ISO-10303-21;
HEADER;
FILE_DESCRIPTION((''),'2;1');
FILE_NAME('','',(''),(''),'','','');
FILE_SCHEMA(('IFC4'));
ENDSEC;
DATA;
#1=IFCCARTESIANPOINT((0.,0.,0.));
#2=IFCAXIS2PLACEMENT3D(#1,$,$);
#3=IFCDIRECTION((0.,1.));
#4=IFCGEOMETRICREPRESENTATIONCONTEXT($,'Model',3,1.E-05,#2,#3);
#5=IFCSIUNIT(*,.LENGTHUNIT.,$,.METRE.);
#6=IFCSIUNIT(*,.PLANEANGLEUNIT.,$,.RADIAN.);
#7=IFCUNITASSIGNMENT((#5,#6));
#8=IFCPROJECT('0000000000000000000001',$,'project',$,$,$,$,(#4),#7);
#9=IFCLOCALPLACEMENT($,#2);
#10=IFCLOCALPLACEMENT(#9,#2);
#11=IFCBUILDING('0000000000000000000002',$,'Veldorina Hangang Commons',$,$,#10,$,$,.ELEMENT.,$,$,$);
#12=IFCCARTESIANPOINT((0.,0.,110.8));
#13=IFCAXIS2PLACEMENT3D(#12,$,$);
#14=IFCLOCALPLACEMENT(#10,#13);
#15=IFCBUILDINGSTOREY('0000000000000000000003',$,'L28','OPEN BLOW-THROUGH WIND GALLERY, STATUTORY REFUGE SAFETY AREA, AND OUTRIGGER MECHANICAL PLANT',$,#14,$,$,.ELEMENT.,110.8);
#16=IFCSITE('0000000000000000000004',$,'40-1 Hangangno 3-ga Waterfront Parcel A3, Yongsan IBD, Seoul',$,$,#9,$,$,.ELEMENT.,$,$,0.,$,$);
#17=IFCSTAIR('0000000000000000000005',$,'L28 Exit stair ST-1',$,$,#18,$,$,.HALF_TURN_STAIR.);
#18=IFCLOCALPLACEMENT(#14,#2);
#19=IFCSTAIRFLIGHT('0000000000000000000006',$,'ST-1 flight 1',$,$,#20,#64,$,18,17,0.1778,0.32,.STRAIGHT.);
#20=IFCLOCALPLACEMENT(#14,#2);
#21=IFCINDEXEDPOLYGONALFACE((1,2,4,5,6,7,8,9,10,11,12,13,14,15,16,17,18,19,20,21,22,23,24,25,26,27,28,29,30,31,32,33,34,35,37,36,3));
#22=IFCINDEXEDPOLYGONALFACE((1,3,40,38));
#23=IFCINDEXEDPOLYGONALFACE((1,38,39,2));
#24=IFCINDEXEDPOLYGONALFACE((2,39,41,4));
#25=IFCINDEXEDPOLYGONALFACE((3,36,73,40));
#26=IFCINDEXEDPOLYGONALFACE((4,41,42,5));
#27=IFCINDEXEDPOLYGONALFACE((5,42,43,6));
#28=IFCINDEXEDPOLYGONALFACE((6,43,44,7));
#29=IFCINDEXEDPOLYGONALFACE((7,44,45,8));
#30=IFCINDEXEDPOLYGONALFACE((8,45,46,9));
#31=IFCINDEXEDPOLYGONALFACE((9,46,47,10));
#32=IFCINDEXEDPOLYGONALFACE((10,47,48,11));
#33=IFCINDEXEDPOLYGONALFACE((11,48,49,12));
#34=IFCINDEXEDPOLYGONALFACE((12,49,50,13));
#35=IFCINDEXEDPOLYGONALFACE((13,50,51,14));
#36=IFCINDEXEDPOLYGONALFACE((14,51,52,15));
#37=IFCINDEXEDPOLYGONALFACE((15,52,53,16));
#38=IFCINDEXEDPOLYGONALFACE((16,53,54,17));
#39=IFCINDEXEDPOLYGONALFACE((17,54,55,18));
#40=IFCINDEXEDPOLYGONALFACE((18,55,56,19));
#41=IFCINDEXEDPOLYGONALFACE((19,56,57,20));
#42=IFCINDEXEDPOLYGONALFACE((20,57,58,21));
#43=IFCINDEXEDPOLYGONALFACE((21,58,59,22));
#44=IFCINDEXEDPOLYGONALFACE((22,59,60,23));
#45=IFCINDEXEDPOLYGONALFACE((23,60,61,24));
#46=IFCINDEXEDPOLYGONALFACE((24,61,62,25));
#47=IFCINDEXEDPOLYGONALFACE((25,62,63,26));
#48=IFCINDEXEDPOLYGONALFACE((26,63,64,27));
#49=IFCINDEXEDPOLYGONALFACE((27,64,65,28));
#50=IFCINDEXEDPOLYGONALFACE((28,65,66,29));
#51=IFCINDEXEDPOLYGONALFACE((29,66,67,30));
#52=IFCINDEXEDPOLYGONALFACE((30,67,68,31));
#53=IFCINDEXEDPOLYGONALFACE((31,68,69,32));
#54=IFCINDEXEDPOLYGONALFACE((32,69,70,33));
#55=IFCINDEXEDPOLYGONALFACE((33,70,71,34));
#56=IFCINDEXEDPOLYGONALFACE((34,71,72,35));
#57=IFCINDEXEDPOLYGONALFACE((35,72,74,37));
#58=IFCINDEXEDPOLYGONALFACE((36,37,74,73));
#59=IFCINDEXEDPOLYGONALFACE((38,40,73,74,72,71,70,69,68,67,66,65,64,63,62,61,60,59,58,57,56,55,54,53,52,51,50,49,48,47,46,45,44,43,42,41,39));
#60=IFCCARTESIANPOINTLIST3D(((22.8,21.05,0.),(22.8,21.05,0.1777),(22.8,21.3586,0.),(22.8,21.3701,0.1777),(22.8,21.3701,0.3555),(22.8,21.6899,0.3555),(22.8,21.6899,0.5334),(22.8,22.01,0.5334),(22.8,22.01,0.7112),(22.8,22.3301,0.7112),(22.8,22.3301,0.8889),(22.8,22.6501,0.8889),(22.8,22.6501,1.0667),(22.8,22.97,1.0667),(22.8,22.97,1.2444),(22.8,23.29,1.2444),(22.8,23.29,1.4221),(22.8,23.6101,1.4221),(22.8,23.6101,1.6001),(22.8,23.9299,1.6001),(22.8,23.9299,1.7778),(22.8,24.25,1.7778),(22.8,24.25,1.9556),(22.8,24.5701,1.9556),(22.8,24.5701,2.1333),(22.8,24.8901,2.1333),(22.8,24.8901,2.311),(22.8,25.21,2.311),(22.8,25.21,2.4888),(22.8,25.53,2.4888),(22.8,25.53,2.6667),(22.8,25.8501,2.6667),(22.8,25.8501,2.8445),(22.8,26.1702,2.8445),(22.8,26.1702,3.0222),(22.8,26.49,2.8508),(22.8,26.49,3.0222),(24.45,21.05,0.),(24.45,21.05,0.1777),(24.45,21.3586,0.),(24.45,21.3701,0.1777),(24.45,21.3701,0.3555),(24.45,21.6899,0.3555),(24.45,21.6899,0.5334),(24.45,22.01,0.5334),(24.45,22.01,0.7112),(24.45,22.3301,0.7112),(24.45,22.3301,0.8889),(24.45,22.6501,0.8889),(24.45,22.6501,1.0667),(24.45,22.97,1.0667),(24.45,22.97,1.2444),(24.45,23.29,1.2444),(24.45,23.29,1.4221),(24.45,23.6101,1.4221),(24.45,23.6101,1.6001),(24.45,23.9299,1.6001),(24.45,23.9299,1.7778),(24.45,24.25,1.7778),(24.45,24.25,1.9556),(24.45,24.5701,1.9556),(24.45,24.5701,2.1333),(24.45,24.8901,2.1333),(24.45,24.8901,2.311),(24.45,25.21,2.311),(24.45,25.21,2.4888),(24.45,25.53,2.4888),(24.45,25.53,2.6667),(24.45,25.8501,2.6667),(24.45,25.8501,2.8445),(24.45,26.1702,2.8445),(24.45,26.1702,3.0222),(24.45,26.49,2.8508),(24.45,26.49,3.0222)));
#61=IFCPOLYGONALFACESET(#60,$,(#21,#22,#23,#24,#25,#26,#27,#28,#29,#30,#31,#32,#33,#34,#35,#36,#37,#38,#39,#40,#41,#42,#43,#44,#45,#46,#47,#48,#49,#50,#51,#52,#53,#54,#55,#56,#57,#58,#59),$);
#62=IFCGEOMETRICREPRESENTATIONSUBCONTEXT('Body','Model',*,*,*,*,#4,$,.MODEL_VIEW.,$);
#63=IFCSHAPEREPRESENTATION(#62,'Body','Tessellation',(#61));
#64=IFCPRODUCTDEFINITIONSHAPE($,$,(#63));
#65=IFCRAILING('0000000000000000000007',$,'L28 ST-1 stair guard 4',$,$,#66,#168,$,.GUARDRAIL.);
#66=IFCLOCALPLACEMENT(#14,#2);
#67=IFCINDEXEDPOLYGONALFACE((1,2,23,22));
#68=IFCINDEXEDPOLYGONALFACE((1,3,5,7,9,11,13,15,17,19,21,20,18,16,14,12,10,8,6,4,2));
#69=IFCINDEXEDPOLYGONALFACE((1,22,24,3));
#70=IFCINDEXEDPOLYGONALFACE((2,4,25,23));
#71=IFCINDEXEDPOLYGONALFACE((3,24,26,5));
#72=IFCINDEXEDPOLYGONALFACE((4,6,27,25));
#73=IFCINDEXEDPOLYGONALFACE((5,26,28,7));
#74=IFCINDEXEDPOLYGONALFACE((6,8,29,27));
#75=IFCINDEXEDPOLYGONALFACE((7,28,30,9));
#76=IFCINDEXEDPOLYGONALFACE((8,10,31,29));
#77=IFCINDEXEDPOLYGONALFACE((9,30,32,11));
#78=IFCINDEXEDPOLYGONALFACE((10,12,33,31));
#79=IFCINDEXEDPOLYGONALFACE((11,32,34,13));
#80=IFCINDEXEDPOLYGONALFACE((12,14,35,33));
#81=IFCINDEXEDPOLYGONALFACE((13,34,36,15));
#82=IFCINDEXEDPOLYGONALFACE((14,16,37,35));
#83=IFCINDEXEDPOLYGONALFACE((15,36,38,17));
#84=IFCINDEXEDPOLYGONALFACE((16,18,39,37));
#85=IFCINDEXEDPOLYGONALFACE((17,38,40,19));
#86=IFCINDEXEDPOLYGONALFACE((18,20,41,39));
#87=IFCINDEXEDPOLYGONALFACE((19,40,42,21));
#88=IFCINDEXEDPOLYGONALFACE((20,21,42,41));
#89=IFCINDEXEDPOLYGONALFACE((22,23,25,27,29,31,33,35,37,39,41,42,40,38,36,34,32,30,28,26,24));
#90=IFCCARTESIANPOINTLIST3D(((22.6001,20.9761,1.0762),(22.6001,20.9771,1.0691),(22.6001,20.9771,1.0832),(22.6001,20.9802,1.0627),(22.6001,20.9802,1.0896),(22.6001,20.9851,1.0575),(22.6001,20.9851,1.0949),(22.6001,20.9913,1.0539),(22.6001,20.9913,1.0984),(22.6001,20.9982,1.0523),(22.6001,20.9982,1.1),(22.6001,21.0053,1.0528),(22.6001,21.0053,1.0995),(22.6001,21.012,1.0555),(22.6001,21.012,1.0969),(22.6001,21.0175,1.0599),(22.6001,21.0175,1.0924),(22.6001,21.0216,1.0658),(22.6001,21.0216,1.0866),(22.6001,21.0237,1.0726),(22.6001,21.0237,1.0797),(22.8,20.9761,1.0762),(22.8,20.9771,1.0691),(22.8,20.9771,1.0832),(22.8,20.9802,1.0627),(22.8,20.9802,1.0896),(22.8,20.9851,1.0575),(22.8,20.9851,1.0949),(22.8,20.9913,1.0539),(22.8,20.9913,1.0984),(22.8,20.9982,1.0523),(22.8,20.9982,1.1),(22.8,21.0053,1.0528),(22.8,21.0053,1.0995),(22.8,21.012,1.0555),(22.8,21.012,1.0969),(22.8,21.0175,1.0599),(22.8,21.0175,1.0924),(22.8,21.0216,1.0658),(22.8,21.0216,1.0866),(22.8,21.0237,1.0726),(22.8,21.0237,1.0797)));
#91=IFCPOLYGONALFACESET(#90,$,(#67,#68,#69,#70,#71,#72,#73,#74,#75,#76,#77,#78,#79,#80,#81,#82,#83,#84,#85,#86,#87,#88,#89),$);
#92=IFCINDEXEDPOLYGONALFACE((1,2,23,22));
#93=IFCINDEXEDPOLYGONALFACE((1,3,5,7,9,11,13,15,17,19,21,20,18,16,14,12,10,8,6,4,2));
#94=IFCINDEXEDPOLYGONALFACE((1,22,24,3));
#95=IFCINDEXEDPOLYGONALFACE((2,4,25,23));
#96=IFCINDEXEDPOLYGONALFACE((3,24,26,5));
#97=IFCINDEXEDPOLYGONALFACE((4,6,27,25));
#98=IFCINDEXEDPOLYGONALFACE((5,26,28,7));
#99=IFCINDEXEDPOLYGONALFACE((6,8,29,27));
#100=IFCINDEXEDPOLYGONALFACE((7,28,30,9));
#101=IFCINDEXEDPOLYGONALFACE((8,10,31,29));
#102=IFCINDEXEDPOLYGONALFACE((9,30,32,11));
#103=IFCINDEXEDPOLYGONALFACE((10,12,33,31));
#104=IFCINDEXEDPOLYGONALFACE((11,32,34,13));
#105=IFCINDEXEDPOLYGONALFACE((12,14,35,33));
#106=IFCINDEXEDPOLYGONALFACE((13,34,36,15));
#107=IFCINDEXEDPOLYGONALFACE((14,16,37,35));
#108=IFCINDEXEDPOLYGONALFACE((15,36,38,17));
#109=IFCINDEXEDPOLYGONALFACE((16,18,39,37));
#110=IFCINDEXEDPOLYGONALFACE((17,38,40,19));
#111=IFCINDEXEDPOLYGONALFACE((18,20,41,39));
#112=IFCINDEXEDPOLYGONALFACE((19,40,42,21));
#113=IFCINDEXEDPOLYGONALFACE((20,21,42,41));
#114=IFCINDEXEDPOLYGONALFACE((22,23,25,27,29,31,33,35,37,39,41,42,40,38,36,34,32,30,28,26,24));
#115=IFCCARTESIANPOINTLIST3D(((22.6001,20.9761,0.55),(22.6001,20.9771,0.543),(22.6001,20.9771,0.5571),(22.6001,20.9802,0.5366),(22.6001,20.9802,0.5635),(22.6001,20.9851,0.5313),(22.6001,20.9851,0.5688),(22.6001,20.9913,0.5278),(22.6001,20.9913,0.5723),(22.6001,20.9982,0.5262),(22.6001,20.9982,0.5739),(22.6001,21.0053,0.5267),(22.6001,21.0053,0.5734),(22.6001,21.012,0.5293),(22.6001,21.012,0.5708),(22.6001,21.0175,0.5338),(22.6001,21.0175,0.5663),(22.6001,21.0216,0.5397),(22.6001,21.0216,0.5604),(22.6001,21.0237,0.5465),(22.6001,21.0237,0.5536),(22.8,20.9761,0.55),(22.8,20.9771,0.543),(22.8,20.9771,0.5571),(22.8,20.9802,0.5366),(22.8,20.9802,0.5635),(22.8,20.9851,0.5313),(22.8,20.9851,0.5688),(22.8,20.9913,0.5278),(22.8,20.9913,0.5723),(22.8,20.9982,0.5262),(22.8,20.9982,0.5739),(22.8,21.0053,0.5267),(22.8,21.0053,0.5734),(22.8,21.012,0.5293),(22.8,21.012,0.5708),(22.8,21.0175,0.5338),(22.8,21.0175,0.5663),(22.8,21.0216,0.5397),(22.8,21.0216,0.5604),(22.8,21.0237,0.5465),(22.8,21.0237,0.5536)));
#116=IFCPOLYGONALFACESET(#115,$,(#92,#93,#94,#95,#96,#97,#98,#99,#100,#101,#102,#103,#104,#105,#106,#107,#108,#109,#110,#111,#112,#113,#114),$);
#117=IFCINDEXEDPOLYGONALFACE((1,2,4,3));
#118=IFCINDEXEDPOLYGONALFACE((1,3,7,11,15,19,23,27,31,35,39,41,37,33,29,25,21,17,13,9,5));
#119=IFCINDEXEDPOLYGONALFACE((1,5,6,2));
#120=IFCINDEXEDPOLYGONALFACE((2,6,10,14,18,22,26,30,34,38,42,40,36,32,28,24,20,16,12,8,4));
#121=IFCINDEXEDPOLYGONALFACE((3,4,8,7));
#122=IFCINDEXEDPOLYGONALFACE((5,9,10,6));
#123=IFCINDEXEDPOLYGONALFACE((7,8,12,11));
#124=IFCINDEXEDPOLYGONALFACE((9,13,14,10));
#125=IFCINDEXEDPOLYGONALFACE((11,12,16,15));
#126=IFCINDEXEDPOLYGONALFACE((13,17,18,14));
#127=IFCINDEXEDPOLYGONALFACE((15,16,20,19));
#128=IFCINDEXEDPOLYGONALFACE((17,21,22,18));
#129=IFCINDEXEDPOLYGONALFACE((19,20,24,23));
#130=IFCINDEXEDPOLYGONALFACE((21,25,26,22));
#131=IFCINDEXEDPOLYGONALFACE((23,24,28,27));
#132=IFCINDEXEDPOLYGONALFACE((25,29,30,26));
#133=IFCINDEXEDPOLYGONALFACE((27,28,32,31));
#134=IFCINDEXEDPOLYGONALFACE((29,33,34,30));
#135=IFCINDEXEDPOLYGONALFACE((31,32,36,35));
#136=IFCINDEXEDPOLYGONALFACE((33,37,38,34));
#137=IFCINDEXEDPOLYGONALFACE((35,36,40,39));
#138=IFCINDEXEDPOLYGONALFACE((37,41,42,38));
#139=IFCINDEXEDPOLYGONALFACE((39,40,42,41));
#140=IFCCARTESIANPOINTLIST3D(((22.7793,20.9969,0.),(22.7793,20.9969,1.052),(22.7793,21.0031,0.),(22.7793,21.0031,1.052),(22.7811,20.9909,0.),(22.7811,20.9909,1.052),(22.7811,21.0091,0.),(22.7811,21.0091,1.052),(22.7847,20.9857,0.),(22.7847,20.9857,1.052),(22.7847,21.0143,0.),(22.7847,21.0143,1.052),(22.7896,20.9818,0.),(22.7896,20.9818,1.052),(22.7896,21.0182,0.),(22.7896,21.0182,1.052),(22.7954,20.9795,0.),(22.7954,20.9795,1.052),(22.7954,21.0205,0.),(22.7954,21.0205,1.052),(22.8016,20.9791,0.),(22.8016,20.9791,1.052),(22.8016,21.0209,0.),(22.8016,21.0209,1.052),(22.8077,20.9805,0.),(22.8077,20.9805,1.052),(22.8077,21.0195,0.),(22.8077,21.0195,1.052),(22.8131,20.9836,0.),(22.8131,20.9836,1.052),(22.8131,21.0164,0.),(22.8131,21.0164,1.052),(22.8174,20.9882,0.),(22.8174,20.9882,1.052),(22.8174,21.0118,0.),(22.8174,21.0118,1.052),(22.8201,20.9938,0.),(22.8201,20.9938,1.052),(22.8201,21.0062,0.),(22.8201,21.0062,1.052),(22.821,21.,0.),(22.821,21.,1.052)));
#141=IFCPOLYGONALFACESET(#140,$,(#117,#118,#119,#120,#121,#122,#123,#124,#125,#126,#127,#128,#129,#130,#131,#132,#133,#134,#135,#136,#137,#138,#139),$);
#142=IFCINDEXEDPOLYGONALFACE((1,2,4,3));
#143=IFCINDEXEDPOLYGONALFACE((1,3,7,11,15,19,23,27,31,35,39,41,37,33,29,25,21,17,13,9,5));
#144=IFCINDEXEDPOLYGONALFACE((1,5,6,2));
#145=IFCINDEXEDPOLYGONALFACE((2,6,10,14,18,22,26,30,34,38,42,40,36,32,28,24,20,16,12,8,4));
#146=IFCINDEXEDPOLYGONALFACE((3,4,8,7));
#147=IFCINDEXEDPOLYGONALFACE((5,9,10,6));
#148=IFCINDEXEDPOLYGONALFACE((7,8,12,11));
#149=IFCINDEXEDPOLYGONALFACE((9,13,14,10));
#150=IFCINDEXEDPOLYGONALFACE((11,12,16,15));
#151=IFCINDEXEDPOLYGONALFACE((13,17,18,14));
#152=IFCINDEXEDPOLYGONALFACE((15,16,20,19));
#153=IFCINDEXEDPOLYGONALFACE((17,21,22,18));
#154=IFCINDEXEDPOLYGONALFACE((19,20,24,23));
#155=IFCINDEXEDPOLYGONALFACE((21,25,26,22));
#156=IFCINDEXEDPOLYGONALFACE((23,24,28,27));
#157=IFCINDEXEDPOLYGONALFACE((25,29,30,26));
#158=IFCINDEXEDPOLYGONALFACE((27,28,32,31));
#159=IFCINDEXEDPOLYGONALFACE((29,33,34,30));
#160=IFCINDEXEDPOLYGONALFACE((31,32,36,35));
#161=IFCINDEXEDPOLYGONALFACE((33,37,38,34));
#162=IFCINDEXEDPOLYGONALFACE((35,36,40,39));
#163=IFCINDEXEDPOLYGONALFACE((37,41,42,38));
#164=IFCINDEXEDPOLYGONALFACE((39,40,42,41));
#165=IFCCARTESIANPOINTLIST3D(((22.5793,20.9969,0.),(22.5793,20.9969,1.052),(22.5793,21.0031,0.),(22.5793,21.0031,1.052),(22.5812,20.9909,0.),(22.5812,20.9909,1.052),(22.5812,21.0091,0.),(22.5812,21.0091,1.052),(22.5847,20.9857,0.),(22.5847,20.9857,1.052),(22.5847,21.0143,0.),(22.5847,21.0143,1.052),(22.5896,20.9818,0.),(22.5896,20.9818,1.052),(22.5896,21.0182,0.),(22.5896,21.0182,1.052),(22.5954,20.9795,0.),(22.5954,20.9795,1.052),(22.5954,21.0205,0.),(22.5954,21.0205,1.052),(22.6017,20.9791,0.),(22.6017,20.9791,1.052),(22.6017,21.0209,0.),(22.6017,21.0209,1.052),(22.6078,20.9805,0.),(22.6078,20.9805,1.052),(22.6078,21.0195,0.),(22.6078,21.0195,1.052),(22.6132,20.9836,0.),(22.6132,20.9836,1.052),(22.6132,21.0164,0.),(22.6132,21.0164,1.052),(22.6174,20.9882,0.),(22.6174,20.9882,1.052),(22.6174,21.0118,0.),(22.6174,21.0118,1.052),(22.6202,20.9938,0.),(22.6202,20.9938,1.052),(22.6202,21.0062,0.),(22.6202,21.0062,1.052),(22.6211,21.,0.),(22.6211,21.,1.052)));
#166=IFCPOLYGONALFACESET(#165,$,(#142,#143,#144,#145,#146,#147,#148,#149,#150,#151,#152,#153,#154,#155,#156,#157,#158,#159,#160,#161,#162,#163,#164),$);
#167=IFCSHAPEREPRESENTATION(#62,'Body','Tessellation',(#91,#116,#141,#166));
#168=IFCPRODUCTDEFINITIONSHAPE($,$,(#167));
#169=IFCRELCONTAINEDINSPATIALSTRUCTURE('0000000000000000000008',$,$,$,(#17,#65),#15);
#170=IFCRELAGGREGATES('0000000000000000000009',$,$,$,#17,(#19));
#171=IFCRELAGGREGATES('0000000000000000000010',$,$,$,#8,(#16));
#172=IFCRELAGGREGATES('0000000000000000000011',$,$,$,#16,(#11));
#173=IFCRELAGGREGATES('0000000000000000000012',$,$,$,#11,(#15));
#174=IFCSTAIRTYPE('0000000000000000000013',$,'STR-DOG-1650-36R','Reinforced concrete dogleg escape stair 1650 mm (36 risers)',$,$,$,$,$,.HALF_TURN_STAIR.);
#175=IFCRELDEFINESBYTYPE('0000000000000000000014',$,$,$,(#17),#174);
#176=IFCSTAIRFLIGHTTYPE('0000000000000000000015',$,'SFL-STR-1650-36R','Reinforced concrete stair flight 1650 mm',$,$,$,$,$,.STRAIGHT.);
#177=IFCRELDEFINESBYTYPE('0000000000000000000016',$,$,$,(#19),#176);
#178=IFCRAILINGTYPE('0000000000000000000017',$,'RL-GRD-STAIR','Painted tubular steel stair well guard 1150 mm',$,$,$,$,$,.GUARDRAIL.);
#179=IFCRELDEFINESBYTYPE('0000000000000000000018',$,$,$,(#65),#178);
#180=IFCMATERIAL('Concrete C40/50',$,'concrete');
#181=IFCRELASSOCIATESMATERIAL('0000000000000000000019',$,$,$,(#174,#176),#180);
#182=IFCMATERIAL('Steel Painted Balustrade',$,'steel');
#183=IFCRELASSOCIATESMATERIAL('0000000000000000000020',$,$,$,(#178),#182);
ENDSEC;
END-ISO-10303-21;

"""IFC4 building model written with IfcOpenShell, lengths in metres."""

from ifc_helpers import new_model, si_unit, direction, frame, origin, origin_2d, place, context, subcontext, project, spatial, polyline, circle, outline, extrude, material, type_object, element, aggregate, save


model = new_model("IFC4")

# Units and contexts
model_context = context("Model", 3, precision=1e-05, world=origin(), true_north=direction((0.0, 1.0)))
body_context = subcontext(model_context, "Body", "Model", "MODEL_VIEW")
ifc_project = project(units=[si_unit("LENGTHUNIT", "METRE"), si_unit("PLANEANGLEUNIT", "RADIAN")], contexts=[model_context])

# Site, building, storey
site_placement = place(None, origin())
site = spatial("IfcSite", under=ifc_project, at=site_placement, Name="40-1 Hangangno 3-ga Waterfront Parcel A3, Yongsan IBD, Seoul", CompositionType="ELEMENT", RefElevation=0.0)
building_placement = place(site_placement, origin())
building = spatial("IfcBuilding", under=site, at=building_placement, Name="Veldorina Hangang Commons", CompositionType="ELEMENT")
storey_placement = place(building_placement, frame((0.0, 0.0, 110.8)))
storey = spatial("IfcBuildingStorey", under=building, at=storey_placement, Name="L28", Description="OPEN BLOW-THROUGH WIND GALLERY, STATUTORY REFUGE SAFETY AREA, AND OUTRIGGER MECHANICAL PLANT", CompositionType="ELEMENT", Elevation=110.8)

# Stair, stair flight
ifc_material_1 = material(Name="Concrete C40/50", Category="concrete")
stair_type = type_object("IfcStairType", Name="STR-DOG-1650-36R", Description="Reinforced concrete dogleg escape stair 1650 mm (36 risers)", PredefinedType="HALF_TURN_STAIR", material=ifc_material_1)
stair_placement = place(storey_placement, origin())
stair = element("IfcStair", 1, at=stair_placement, inside=storey, type_object=stair_type, Name="L28 Exit stair ST-1", PredefinedType="HALF_TURN_STAIR")
stair_flight_type = type_object("IfcStairFlightType", Name="SFL-STR-1650-36R", Description="Reinforced concrete stair flight 1650 mm", PredefinedType="STRAIGHT", material=ifc_material_1)
stair_flight_placement = place(storey_placement, frame((23.625, 21.05, 0.0), z_axis=(0.0, 0.0, 1.0), x_axis=(0.0, 1.0, 0.0)))
stair_flight = element("IfcStairFlight", 2, at=stair_flight_placement, type_object=stair_flight_type, Name="ST-1 flight 1", NumberOfRisers=18, NumberOfTreads=17, PredefinedType="STRAIGHT", RiserHeight=0.1778, TreadLength=0.32, context=body_context, shape_type="SweptSolid", body=[
    extrude(outline(polyline([(0.0, 0.0), (0.0, 0.1777), (0.3201, 0.1777), (0.3201, 0.3555), (0.6399, 0.3555), (0.6399, 0.5334), (0.96, 0.5334), (0.96, 0.7112), (1.28, 0.7112), (1.28, 0.8889), (1.6001, 0.8889), (1.6001, 1.0667), (1.9199, 1.0667), (1.9199, 1.2444), (2.24, 1.2444), (2.24, 1.4221), (2.5601, 1.4221), (2.5601, 1.6001), (2.8799, 1.6001), (2.8799, 1.7778), (3.2, 1.7778), (3.2, 1.9556), (3.52, 1.9556), (3.52, 2.1333), (3.8401, 2.1333), (3.8401, 2.311), (4.1599, 2.311), (4.1599, 2.4888), (4.48, 2.4888), (4.48, 2.6667), (4.8, 2.6667), (4.8, 2.8445), (5.1201, 2.8445), (5.1201, 3.0222), (5.4399, 3.0222), (5.4399, 3.2), (5.4399, 2.8508), (0.3086, 0.0), (0.0, 0.0)])), frame((0.0, 0.825, 0.0), z_axis=(0.0, -1.0, 0.0), x_axis=(1.0, 0.0, 0.0)), (0.0, 0.0, 1.0), 1.6499),
])
aggregate(stair, [stair_flight])

# Railing
ifc_material_2 = material(Name="Steel Painted Balustrade", Category="steel")
railing_type_1 = type_object("IfcRailingType", Name="RL-GRD-STAIR", Description="Painted tubular steel stair well guard 1150 mm", PredefinedType="GUARDRAIL", material=ifc_material_2)
railing_1_placement = place(storey_placement, frame((22.8, 21.0, 0.0)))
element("IfcRailing", 3, at=railing_1_placement, inside=storey, type_object=railing_type_1, Name="L28 ST-1 stair guard 4", PredefinedType="GUARDRAIL", context=body_context, shape_type="SweptSolid", body=[
    extrude(circle(Radius=0.0239, at=origin_2d()), frame((0.0, 0.0, 1.0762), z_axis=(-1.0, 0.0, 0.0), x_axis=(0.0, -1.0, 0.0)), (0.0, 0.0, 1.0), 0.2),
    extrude(circle(Radius=0.0239, at=origin_2d()), frame((0.0, 0.0, 0.55), z_axis=(-1.0, 0.0, 0.0), x_axis=(0.0, -1.0, 0.0)), (0.0, 0.0, 1.0), 0.2),
    extrude(circle(Radius=0.021, at=origin_2d()), origin(), (0.0, 0.0, 1.0), 1.052),
    extrude(circle(Radius=0.021, at=origin_2d()), frame((-0.2, 0.0, 0.0)), (0.0, 0.0, 1.0), 1.052),
])

save(model, "model.ifc")
